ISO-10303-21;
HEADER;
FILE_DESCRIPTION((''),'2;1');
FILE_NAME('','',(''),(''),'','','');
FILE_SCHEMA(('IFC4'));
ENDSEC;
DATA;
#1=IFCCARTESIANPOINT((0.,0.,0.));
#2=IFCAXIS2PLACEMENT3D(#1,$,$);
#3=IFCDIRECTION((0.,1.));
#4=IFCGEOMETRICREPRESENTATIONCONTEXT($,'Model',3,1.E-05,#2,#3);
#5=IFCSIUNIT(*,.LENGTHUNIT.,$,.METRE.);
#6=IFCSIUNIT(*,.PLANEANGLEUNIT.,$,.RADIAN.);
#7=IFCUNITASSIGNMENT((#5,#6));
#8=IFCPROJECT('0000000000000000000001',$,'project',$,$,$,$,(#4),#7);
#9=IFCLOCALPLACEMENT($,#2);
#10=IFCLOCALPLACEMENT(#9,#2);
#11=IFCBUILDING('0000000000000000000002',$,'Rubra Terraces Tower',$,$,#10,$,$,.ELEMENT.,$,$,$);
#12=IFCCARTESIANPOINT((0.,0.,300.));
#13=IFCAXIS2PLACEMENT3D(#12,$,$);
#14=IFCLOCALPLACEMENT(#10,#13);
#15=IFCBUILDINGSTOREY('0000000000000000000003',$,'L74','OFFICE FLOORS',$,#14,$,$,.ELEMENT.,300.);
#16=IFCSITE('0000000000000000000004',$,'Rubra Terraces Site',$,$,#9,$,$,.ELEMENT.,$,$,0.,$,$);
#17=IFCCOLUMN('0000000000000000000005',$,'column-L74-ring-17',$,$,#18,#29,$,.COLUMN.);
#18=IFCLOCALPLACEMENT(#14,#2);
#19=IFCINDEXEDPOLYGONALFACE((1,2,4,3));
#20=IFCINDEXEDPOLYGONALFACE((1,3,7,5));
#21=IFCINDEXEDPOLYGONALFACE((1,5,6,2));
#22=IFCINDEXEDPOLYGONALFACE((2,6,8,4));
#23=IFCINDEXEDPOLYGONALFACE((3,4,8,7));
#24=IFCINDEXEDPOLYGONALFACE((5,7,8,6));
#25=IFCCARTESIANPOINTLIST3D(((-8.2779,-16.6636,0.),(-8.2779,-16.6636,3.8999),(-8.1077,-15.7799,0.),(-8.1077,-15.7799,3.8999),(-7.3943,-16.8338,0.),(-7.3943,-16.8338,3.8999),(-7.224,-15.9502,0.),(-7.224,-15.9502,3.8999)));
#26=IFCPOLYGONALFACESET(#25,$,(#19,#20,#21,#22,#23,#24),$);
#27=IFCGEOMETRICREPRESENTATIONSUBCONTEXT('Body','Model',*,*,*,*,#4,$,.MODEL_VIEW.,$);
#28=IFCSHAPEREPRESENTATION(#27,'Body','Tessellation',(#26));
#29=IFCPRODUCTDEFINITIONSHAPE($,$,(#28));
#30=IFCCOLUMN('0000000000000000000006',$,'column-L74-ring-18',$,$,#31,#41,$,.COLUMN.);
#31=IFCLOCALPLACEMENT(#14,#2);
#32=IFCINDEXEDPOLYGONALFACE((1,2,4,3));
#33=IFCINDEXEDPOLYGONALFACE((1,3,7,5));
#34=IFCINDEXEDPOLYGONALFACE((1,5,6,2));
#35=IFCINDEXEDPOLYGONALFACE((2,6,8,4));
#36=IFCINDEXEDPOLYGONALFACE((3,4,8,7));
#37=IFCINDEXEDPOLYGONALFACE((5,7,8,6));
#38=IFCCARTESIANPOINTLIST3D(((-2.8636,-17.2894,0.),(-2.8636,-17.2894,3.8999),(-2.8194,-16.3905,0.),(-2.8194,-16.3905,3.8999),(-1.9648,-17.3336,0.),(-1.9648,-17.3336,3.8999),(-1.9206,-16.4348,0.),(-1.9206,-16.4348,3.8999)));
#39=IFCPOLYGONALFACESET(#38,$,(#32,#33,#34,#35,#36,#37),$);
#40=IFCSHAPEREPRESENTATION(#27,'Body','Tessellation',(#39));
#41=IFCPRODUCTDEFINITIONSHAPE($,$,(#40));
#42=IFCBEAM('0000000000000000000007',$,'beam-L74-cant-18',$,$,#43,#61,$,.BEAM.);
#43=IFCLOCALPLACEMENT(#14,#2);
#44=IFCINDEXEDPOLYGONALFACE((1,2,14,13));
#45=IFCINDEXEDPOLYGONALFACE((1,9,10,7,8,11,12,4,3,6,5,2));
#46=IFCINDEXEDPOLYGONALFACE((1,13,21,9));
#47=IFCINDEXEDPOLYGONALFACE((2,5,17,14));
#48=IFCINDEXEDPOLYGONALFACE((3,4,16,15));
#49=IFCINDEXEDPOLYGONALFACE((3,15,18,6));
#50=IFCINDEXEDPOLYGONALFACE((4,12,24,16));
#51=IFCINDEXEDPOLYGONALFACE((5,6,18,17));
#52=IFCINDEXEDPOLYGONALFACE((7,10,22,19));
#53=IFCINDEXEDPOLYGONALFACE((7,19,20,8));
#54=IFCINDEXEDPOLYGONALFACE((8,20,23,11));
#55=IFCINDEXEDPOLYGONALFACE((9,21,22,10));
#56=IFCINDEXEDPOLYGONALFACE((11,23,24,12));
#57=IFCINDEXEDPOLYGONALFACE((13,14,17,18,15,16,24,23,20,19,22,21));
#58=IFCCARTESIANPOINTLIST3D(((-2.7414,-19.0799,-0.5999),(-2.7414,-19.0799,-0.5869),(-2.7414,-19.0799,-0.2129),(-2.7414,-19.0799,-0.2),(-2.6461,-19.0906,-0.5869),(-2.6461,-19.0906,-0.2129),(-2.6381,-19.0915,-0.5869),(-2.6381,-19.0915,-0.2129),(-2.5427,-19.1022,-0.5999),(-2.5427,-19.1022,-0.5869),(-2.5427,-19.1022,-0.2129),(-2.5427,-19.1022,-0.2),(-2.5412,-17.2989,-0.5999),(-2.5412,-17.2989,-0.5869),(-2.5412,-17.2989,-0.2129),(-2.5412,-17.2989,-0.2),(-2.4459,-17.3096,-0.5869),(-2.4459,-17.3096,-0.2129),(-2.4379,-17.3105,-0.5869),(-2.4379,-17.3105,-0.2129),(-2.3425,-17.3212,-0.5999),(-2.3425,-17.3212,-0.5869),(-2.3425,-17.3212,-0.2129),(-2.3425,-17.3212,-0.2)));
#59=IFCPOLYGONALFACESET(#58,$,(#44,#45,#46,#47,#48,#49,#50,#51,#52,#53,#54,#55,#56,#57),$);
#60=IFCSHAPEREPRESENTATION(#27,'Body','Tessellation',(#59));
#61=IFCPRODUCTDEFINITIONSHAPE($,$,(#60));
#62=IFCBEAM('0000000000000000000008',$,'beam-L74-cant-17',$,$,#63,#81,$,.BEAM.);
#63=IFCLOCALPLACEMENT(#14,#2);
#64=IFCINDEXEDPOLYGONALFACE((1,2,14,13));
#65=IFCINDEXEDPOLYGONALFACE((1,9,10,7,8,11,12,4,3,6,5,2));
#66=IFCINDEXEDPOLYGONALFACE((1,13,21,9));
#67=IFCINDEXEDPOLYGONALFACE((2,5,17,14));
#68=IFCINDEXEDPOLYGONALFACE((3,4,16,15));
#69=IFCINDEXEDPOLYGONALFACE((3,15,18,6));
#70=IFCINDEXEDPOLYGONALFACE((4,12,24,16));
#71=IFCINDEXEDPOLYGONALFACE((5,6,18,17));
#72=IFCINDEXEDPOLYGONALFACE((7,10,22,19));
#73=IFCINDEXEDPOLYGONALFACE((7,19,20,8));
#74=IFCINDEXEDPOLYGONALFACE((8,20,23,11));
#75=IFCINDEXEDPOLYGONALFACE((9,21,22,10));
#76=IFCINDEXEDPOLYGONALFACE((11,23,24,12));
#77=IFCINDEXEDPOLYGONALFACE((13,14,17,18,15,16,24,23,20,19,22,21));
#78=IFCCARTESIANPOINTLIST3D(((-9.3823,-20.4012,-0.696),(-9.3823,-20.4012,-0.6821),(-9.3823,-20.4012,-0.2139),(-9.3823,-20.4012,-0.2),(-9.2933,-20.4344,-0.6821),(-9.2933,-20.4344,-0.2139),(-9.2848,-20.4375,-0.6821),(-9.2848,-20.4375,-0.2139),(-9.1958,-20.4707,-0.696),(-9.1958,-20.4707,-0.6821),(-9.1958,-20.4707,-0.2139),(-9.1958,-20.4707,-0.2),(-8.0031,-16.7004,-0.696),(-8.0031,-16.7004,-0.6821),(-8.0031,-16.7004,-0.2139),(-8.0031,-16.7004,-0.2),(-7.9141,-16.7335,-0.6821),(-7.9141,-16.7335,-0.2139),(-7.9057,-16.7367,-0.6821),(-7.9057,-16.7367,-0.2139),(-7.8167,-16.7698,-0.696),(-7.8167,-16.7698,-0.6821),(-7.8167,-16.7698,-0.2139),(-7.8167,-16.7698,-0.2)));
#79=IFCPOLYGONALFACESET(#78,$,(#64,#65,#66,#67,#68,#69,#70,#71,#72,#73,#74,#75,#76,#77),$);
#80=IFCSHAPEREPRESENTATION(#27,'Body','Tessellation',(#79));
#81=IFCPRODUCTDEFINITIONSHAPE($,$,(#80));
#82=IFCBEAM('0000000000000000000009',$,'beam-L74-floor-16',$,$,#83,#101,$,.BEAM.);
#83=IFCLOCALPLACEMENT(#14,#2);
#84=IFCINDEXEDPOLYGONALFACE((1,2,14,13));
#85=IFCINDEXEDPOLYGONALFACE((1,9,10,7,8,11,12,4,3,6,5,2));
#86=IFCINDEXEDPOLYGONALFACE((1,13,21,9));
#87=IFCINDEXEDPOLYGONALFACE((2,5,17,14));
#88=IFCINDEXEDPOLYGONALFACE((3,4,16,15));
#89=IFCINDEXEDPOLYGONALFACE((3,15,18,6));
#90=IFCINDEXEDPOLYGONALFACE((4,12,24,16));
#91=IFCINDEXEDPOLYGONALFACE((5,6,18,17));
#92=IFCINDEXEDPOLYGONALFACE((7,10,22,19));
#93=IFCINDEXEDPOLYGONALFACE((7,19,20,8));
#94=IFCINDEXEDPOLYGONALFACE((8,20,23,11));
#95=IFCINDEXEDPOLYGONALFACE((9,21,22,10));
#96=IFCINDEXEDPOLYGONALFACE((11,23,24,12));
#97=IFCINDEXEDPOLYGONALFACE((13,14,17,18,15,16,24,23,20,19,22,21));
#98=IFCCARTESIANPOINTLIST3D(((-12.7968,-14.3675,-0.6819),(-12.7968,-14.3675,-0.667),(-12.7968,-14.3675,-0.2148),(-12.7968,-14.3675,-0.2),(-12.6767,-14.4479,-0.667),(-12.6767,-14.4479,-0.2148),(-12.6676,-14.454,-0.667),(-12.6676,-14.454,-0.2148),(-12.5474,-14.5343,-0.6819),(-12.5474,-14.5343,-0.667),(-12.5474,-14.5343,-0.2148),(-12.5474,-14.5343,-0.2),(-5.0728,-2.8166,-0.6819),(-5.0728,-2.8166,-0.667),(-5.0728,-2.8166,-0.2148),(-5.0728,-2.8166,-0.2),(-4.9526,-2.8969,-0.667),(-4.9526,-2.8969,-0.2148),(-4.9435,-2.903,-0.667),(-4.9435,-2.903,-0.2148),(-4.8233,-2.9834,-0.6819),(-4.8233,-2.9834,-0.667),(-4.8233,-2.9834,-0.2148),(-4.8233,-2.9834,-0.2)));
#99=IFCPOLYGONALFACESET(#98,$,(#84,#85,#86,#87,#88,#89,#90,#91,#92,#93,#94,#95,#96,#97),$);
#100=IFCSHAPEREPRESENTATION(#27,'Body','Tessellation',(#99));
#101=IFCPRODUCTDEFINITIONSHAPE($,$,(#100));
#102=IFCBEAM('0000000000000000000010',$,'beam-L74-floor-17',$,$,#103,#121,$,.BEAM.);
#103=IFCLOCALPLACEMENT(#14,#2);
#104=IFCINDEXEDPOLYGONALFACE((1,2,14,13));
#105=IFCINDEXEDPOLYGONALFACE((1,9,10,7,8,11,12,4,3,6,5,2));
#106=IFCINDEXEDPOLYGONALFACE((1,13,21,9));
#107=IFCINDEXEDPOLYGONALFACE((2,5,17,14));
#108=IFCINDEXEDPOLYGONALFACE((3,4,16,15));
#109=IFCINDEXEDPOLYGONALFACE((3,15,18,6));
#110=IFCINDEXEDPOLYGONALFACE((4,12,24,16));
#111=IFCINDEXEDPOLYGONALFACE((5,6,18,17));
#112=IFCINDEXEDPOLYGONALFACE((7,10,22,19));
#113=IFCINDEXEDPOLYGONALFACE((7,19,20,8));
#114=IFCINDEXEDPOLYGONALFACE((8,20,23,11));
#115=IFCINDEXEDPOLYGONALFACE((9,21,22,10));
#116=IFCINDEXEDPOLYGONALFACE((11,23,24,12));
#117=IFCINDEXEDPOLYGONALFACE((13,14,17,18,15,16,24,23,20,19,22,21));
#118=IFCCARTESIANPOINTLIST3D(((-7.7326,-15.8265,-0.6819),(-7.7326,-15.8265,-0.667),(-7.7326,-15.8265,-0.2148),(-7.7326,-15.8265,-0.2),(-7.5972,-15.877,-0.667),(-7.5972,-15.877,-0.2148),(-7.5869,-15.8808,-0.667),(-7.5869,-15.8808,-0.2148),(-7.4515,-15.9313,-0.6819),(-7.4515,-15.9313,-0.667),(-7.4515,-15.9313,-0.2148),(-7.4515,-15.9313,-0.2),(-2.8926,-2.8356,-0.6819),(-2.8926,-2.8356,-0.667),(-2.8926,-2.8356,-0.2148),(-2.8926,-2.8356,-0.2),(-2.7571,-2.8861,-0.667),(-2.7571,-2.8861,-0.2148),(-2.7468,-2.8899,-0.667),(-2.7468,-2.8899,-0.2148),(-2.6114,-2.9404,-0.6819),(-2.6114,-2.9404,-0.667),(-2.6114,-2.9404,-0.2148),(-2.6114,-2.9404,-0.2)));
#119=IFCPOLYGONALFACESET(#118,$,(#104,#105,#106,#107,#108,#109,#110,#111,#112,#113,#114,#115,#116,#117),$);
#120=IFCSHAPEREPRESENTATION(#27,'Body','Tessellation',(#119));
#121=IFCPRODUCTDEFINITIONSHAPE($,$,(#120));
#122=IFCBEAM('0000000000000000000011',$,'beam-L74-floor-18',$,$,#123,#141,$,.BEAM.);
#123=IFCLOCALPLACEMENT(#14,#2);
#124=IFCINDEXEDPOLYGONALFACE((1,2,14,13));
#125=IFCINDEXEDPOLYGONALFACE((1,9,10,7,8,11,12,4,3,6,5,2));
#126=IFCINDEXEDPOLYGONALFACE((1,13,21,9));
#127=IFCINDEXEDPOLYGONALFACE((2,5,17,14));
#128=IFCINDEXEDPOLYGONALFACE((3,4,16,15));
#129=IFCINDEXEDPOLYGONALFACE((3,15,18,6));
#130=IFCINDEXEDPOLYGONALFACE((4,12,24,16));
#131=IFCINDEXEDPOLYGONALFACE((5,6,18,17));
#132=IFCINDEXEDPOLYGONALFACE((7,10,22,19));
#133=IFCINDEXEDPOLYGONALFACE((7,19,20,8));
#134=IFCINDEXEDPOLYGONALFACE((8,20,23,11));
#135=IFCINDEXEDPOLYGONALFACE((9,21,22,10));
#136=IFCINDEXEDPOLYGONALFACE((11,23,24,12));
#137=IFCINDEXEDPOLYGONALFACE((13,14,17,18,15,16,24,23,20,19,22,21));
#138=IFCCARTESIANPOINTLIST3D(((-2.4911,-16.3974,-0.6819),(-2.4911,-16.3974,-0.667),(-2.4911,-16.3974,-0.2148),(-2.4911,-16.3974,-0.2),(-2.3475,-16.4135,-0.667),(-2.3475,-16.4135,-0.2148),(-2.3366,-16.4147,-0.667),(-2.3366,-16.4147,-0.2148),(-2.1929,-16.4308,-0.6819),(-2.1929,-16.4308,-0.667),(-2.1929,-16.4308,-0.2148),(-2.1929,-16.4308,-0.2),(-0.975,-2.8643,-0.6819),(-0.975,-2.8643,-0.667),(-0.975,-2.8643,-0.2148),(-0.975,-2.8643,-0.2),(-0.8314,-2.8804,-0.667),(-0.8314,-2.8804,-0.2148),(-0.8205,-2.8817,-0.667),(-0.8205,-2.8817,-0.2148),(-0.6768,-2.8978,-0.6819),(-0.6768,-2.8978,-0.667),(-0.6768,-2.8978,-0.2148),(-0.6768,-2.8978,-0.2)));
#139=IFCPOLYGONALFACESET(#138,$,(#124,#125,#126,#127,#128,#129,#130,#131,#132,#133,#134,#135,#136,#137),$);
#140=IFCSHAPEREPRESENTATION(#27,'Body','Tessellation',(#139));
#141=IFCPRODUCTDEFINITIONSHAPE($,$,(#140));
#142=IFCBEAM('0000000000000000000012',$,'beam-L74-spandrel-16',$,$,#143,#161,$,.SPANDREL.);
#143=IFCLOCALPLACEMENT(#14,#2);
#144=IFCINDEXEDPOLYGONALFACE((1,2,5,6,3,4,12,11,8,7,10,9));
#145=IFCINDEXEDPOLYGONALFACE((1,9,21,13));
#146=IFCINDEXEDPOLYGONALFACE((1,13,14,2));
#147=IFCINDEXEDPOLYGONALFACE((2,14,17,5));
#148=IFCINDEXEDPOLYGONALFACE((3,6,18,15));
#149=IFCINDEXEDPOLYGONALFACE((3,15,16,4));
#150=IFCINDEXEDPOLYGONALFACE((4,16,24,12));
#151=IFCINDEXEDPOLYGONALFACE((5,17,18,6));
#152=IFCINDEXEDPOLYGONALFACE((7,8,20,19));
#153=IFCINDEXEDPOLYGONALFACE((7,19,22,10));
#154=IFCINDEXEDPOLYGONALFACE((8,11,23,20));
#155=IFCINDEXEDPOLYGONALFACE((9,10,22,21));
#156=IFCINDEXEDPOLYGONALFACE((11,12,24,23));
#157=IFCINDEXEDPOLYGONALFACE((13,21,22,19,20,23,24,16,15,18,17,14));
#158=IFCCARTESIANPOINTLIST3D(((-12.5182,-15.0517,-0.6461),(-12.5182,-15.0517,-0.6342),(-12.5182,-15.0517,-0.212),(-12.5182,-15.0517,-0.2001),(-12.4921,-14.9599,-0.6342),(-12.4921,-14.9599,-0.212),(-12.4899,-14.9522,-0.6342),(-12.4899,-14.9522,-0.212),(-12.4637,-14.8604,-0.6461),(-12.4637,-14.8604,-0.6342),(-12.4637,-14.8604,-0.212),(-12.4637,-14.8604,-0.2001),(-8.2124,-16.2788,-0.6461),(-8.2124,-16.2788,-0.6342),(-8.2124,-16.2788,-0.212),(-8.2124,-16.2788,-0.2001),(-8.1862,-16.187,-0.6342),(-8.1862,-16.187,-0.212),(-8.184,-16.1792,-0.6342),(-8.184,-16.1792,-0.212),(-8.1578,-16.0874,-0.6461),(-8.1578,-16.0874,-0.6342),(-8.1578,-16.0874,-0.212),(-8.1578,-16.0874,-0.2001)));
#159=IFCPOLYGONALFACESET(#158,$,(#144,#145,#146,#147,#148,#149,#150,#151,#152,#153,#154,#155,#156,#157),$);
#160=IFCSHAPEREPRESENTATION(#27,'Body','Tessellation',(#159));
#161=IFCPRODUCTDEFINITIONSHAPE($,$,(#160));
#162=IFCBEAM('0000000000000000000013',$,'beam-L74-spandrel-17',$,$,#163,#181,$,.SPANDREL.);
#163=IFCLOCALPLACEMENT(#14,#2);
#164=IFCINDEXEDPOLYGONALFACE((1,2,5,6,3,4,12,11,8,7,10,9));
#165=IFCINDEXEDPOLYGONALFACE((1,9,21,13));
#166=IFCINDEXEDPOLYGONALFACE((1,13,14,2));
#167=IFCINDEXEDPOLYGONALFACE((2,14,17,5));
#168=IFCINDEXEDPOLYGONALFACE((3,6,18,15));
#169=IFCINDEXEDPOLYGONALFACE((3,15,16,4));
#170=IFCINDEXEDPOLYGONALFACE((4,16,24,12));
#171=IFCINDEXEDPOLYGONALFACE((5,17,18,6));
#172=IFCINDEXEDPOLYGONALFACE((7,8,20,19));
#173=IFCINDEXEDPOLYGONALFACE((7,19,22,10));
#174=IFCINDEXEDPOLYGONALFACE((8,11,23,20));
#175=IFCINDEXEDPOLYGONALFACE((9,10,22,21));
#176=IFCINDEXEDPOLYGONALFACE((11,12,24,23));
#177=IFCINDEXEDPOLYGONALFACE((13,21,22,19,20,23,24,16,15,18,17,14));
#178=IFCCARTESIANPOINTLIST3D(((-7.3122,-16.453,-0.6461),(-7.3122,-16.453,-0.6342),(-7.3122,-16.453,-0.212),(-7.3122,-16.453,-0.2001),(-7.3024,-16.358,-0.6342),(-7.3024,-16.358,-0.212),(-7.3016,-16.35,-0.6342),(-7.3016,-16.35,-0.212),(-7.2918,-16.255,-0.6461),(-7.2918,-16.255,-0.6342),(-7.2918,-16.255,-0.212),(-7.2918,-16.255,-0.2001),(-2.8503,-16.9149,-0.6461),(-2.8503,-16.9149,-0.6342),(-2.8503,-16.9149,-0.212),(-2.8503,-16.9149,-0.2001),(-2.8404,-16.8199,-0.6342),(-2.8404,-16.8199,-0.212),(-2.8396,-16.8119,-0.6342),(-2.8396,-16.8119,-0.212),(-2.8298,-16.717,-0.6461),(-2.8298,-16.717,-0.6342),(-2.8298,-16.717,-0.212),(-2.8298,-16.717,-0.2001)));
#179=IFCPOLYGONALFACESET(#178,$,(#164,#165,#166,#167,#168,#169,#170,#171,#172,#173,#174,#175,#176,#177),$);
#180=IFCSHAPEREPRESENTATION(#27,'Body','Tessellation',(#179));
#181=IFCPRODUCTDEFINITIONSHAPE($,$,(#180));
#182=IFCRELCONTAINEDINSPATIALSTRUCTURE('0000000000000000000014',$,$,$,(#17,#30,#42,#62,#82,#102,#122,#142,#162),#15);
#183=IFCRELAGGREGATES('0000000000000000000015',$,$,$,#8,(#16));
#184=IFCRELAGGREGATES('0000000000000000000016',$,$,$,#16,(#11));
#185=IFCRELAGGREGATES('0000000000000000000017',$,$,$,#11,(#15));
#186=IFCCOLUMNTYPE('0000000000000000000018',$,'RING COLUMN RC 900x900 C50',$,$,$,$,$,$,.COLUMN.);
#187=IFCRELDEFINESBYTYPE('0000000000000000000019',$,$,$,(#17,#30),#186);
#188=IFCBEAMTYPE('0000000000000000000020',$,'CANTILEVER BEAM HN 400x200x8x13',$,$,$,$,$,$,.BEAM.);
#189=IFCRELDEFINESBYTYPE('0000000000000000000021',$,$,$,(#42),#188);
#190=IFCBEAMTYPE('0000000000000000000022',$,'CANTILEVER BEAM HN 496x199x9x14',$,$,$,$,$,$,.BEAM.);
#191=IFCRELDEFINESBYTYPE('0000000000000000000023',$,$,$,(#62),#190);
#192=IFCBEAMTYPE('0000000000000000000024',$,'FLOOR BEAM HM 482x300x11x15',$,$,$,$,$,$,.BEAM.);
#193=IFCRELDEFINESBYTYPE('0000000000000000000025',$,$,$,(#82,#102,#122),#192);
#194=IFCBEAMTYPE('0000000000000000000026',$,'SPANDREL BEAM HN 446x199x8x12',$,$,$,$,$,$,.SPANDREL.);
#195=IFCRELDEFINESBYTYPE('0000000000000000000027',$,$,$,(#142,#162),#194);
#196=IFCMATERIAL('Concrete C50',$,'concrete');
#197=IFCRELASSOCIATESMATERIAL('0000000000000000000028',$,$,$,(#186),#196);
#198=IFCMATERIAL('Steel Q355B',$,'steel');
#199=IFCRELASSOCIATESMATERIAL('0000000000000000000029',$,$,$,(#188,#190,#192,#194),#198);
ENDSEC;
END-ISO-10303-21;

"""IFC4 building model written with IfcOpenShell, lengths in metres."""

from ifc_helpers import new_model, si_unit, direction, frame, origin, origin_2d, place, context, subcontext, project, spatial, rectangle, i_section, extrude, material, material_profile, profile_set, type_object, element, save


model = new_model("IFC4")

# Units and contexts
model_context = context("Model", 3, precision=1e-05, world=origin(), true_north=direction((0.0, 1.0)))
body_context = subcontext(model_context, "Body", "Model", "MODEL_VIEW")
ifc_project = project(units=[si_unit("LENGTHUNIT", "METRE"), si_unit("PLANEANGLEUNIT", "RADIAN")], contexts=[model_context])

# Site, building, storey
site_placement = place(None, origin())
site = spatial("IfcSite", under=ifc_project, at=site_placement, Name="Rubra Terraces Site", CompositionType="ELEMENT", RefElevation=0.0)
building_placement = place(site_placement, origin())
building = spatial("IfcBuilding", under=site, at=building_placement, Name="Rubra Terraces Tower", CompositionType="ELEMENT")
storey_placement = place(building_placement, frame((0.0, 0.0, 300.0)))
storey = spatial("IfcBuildingStorey", under=building, at=storey_placement, Name="L74", Description="OFFICE FLOORS", CompositionType="ELEMENT", Elevation=300.0)

# Columns
ifc_material_1 = material(Name="Concrete C50", Category="concrete")
ifc_material_profile_1 = material_profile(ifc_material_1, rectangle(XDim=0.8999, YDim=0.8999, at=origin_2d()), Name="RC 900x900")
ifc_profile_set_1 = profile_set([ifc_material_profile_1], Name="Concrete C50")
column_type = type_object("IfcColumnType", Name="RING COLUMN RC 900x900 C50", PredefinedType="COLUMN", material=ifc_profile_set_1)
for number, where, z_axis, x_axis, name in (
    (1, (-7.751, -16.3069, 0.0), (0.0, 0.0, 1.0), (0.981937, -0.18921, 0.0), "column-L74-ring-17"),
    (2, (-2.3921, -16.8621, 0.0), (0.0, 0.0, 1.0), (0.998791, -0.04915, 0.0), "column-L74-ring-18"),
):
    element("IfcColumn", number, at=place(storey_placement, frame(where, z_axis=z_axis, x_axis=x_axis)), inside=storey, type_object=column_type, Name=name, PredefinedType="COLUMN", context=body_context, shape_type="SweptSolid", body=[
        extrude(rectangle(XDim=0.8999, YDim=0.8999, at=origin_2d()), origin(), (0.0, 0.0, 1.0), 3.8999),
    ])

# Beams
ifc_material_2 = material(Name="Steel Q355B", Category="steel")
ifc_material_profile_2 = material_profile(ifc_material_2, i_section(OverallWidth=0.2, OverallDepth=0.3999, WebThickness=0.0081, FlangeThickness=0.0129, at=origin_2d()), Name="HN 400x200x8x13")
ifc_profile_set_2 = profile_set([ifc_material_profile_2], Name="Steel Q355B")
beam_type_1 = type_object("IfcBeamType", Name="CANTILEVER BEAM HN 400x200x8x13", PredefinedType="BEAM", material=ifc_profile_set_2)
beam_1_placement = place(storey_placement, frame((-2.4419, -17.3101, -0.3999), z_axis=(-0.111702, -0.993742, 0.0), x_axis=(0.993742, -0.111702, 0.0)))
element("IfcBeam", 3, at=beam_1_placement, inside=storey, type_object=beam_type_1, Name="beam-L74-cant-18", PredefinedType="BEAM", context=body_context, shape_type="SweptSolid", body=[
    extrude(i_section(OverallWidth=0.2, OverallDepth=0.3999, WebThickness=0.0081, FlangeThickness=0.0129, at=origin_2d()), origin(), (0.0, 0.0, 1.0), 1.7922),
])
ifc_material_profile_3 = material_profile(ifc_material_2, i_section(OverallWidth=0.199, OverallDepth=0.4961, WebThickness=0.009, FlangeThickness=0.0139, at=origin_2d()), Name="HN 496x199x9x14")
ifc_profile_set_3 = profile_set([ifc_material_profile_3], Name="Steel Q355B")
beam_type_2 = type_object("IfcBeamType", Name="CANTILEVER BEAM HN 496x199x9x14", PredefinedType="BEAM", material=ifc_profile_set_3)
beam_2_placement = place(storey_placement, frame((-7.9099, -16.7351, -0.448), z_axis=(-0.349192, -0.937051, 0.0), x_axis=(0.937051, -0.349192, 0.0)))
element("IfcBeam", 4, at=beam_2_placement, inside=storey, type_object=beam_type_2, Name="beam-L74-cant-17", PredefinedType="BEAM", context=body_context, shape_type="SweptSolid", body=[
    extrude(i_section(OverallWidth=0.199, OverallDepth=0.4961, WebThickness=0.009, FlangeThickness=0.0139, at=origin_2d()), origin(), (0.0, 0.0, 1.0), 3.9495),
])
ifc_material_profile_4 = material_profile(ifc_material_2, i_section(OverallWidth=0.3, OverallDepth=0.4819, WebThickness=0.011, FlangeThickness=0.0149, at=origin_2d()), Name="HM 482x300x11x15")
ifc_profile_set_4 = profile_set([ifc_material_profile_4], Name="Steel Q355B")
beam_type_3 = type_object("IfcBeamType", Name="FLOOR BEAM HM 482x300x11x15", PredefinedType="BEAM", material=ifc_profile_set_4)
beam_3_placement = place(storey_placement, frame((-12.6721, -14.4509, -0.4409), z_axis=(0.555867, 0.831271, 0.0), x_axis=(-0.831271, 0.555867, 0.0)))
element("IfcBeam", 5, at=beam_3_placement, inside=storey, type_object=beam_type_3, Name="beam-L74-floor-16", PredefinedType="BEAM", context=body_context, shape_type="SweptSolid", body=[
    extrude(i_section(OverallWidth=0.3, OverallDepth=0.4819, WebThickness=0.011, FlangeThickness=0.0149, at=origin_2d()), origin(), (0.0, 0.0, 1.0), 13.8955),
])
beam_4_placement = place(storey_placement, frame((-7.592, -15.8789, -0.4409), z_axis=(0.349129, 0.937075, 0.0), x_axis=(-0.937075, 0.349129, 0.0)))
element("IfcBeam", 6, at=beam_4_placement, inside=storey, type_object=beam_type_3, Name="beam-L74-floor-17", PredefinedType="BEAM", context=body_context, shape_type="SweptSolid", body=[
    extrude(i_section(OverallWidth=0.3, OverallDepth=0.4819, WebThickness=0.011, FlangeThickness=0.0149, at=origin_2d()), origin(), (0.0, 0.0, 1.0), 13.8633),
])
beam_5_placement = place(storey_placement, frame((-2.342, -16.4141, -0.4409), z_axis=(0.111335, 0.993783, 0.0), x_axis=(-0.993783, 0.111335, 0.0)))
element("IfcBeam", 7, at=beam_5_placement, inside=storey, type_object=beam_type_3, Name="beam-L74-floor-18", PredefinedType="BEAM", context=body_context, shape_type="SweptSolid", body=[
    extrude(i_section(OverallWidth=0.3, OverallDepth=0.4819, WebThickness=0.011, FlangeThickness=0.0149, at=origin_2d()), origin(), (0.0, 0.0, 1.0), 13.6177),
])
ifc_material_profile_5 = material_profile(ifc_material_2, i_section(OverallWidth=0.199, OverallDepth=0.446, WebThickness=0.0081, FlangeThickness=0.012, at=origin_2d()), Name="HN 446x199x8x12")
ifc_profile_set_5 = profile_set([ifc_material_profile_5], Name="Steel Q355B")
beam_type_4 = type_object("IfcBeamType", Name="SPANDREL BEAM HN 446x199x8x12", PredefinedType="SPANDREL", material=ifc_profile_set_5)
beam_6_placement = place(storey_placement, frame((-12.491, -14.9561, -0.4231), z_axis=(0.961713, -0.274058, 0.0), x_axis=(0.274058, 0.961713, 0.0)))
element("IfcBeam", 8, at=beam_6_placement, inside=storey, type_object=beam_type_4, Name="beam-L74-spandrel-16", PredefinedType="SPANDREL", context=body_context, shape_type="SweptSolid", body=[
    extrude(i_section(OverallWidth=0.199, OverallDepth=0.446, WebThickness=0.0081, FlangeThickness=0.012, at=origin_2d()), origin(), (0.0, 0.0, 1.0), 4.4773),
])
beam_7_placement = place(storey_placement, frame((-7.302, -16.354, -0.4231), z_axis=(0.994684, -0.102973, 0.0), x_axis=(0.102973, 0.994684, 0.0)))
element("IfcBeam", 9, at=beam_7_placement, inside=storey, type_object=beam_type_4, Name="beam-L74-spandrel-17", PredefinedType="SPANDREL", context=body_context, shape_type="SweptSolid", body=[
    extrude(i_section(OverallWidth=0.199, OverallDepth=0.446, WebThickness=0.0081, FlangeThickness=0.012, at=origin_2d()), origin(), (0.0, 0.0, 1.0), 4.4858),
])

save(model, "model.ifc")
